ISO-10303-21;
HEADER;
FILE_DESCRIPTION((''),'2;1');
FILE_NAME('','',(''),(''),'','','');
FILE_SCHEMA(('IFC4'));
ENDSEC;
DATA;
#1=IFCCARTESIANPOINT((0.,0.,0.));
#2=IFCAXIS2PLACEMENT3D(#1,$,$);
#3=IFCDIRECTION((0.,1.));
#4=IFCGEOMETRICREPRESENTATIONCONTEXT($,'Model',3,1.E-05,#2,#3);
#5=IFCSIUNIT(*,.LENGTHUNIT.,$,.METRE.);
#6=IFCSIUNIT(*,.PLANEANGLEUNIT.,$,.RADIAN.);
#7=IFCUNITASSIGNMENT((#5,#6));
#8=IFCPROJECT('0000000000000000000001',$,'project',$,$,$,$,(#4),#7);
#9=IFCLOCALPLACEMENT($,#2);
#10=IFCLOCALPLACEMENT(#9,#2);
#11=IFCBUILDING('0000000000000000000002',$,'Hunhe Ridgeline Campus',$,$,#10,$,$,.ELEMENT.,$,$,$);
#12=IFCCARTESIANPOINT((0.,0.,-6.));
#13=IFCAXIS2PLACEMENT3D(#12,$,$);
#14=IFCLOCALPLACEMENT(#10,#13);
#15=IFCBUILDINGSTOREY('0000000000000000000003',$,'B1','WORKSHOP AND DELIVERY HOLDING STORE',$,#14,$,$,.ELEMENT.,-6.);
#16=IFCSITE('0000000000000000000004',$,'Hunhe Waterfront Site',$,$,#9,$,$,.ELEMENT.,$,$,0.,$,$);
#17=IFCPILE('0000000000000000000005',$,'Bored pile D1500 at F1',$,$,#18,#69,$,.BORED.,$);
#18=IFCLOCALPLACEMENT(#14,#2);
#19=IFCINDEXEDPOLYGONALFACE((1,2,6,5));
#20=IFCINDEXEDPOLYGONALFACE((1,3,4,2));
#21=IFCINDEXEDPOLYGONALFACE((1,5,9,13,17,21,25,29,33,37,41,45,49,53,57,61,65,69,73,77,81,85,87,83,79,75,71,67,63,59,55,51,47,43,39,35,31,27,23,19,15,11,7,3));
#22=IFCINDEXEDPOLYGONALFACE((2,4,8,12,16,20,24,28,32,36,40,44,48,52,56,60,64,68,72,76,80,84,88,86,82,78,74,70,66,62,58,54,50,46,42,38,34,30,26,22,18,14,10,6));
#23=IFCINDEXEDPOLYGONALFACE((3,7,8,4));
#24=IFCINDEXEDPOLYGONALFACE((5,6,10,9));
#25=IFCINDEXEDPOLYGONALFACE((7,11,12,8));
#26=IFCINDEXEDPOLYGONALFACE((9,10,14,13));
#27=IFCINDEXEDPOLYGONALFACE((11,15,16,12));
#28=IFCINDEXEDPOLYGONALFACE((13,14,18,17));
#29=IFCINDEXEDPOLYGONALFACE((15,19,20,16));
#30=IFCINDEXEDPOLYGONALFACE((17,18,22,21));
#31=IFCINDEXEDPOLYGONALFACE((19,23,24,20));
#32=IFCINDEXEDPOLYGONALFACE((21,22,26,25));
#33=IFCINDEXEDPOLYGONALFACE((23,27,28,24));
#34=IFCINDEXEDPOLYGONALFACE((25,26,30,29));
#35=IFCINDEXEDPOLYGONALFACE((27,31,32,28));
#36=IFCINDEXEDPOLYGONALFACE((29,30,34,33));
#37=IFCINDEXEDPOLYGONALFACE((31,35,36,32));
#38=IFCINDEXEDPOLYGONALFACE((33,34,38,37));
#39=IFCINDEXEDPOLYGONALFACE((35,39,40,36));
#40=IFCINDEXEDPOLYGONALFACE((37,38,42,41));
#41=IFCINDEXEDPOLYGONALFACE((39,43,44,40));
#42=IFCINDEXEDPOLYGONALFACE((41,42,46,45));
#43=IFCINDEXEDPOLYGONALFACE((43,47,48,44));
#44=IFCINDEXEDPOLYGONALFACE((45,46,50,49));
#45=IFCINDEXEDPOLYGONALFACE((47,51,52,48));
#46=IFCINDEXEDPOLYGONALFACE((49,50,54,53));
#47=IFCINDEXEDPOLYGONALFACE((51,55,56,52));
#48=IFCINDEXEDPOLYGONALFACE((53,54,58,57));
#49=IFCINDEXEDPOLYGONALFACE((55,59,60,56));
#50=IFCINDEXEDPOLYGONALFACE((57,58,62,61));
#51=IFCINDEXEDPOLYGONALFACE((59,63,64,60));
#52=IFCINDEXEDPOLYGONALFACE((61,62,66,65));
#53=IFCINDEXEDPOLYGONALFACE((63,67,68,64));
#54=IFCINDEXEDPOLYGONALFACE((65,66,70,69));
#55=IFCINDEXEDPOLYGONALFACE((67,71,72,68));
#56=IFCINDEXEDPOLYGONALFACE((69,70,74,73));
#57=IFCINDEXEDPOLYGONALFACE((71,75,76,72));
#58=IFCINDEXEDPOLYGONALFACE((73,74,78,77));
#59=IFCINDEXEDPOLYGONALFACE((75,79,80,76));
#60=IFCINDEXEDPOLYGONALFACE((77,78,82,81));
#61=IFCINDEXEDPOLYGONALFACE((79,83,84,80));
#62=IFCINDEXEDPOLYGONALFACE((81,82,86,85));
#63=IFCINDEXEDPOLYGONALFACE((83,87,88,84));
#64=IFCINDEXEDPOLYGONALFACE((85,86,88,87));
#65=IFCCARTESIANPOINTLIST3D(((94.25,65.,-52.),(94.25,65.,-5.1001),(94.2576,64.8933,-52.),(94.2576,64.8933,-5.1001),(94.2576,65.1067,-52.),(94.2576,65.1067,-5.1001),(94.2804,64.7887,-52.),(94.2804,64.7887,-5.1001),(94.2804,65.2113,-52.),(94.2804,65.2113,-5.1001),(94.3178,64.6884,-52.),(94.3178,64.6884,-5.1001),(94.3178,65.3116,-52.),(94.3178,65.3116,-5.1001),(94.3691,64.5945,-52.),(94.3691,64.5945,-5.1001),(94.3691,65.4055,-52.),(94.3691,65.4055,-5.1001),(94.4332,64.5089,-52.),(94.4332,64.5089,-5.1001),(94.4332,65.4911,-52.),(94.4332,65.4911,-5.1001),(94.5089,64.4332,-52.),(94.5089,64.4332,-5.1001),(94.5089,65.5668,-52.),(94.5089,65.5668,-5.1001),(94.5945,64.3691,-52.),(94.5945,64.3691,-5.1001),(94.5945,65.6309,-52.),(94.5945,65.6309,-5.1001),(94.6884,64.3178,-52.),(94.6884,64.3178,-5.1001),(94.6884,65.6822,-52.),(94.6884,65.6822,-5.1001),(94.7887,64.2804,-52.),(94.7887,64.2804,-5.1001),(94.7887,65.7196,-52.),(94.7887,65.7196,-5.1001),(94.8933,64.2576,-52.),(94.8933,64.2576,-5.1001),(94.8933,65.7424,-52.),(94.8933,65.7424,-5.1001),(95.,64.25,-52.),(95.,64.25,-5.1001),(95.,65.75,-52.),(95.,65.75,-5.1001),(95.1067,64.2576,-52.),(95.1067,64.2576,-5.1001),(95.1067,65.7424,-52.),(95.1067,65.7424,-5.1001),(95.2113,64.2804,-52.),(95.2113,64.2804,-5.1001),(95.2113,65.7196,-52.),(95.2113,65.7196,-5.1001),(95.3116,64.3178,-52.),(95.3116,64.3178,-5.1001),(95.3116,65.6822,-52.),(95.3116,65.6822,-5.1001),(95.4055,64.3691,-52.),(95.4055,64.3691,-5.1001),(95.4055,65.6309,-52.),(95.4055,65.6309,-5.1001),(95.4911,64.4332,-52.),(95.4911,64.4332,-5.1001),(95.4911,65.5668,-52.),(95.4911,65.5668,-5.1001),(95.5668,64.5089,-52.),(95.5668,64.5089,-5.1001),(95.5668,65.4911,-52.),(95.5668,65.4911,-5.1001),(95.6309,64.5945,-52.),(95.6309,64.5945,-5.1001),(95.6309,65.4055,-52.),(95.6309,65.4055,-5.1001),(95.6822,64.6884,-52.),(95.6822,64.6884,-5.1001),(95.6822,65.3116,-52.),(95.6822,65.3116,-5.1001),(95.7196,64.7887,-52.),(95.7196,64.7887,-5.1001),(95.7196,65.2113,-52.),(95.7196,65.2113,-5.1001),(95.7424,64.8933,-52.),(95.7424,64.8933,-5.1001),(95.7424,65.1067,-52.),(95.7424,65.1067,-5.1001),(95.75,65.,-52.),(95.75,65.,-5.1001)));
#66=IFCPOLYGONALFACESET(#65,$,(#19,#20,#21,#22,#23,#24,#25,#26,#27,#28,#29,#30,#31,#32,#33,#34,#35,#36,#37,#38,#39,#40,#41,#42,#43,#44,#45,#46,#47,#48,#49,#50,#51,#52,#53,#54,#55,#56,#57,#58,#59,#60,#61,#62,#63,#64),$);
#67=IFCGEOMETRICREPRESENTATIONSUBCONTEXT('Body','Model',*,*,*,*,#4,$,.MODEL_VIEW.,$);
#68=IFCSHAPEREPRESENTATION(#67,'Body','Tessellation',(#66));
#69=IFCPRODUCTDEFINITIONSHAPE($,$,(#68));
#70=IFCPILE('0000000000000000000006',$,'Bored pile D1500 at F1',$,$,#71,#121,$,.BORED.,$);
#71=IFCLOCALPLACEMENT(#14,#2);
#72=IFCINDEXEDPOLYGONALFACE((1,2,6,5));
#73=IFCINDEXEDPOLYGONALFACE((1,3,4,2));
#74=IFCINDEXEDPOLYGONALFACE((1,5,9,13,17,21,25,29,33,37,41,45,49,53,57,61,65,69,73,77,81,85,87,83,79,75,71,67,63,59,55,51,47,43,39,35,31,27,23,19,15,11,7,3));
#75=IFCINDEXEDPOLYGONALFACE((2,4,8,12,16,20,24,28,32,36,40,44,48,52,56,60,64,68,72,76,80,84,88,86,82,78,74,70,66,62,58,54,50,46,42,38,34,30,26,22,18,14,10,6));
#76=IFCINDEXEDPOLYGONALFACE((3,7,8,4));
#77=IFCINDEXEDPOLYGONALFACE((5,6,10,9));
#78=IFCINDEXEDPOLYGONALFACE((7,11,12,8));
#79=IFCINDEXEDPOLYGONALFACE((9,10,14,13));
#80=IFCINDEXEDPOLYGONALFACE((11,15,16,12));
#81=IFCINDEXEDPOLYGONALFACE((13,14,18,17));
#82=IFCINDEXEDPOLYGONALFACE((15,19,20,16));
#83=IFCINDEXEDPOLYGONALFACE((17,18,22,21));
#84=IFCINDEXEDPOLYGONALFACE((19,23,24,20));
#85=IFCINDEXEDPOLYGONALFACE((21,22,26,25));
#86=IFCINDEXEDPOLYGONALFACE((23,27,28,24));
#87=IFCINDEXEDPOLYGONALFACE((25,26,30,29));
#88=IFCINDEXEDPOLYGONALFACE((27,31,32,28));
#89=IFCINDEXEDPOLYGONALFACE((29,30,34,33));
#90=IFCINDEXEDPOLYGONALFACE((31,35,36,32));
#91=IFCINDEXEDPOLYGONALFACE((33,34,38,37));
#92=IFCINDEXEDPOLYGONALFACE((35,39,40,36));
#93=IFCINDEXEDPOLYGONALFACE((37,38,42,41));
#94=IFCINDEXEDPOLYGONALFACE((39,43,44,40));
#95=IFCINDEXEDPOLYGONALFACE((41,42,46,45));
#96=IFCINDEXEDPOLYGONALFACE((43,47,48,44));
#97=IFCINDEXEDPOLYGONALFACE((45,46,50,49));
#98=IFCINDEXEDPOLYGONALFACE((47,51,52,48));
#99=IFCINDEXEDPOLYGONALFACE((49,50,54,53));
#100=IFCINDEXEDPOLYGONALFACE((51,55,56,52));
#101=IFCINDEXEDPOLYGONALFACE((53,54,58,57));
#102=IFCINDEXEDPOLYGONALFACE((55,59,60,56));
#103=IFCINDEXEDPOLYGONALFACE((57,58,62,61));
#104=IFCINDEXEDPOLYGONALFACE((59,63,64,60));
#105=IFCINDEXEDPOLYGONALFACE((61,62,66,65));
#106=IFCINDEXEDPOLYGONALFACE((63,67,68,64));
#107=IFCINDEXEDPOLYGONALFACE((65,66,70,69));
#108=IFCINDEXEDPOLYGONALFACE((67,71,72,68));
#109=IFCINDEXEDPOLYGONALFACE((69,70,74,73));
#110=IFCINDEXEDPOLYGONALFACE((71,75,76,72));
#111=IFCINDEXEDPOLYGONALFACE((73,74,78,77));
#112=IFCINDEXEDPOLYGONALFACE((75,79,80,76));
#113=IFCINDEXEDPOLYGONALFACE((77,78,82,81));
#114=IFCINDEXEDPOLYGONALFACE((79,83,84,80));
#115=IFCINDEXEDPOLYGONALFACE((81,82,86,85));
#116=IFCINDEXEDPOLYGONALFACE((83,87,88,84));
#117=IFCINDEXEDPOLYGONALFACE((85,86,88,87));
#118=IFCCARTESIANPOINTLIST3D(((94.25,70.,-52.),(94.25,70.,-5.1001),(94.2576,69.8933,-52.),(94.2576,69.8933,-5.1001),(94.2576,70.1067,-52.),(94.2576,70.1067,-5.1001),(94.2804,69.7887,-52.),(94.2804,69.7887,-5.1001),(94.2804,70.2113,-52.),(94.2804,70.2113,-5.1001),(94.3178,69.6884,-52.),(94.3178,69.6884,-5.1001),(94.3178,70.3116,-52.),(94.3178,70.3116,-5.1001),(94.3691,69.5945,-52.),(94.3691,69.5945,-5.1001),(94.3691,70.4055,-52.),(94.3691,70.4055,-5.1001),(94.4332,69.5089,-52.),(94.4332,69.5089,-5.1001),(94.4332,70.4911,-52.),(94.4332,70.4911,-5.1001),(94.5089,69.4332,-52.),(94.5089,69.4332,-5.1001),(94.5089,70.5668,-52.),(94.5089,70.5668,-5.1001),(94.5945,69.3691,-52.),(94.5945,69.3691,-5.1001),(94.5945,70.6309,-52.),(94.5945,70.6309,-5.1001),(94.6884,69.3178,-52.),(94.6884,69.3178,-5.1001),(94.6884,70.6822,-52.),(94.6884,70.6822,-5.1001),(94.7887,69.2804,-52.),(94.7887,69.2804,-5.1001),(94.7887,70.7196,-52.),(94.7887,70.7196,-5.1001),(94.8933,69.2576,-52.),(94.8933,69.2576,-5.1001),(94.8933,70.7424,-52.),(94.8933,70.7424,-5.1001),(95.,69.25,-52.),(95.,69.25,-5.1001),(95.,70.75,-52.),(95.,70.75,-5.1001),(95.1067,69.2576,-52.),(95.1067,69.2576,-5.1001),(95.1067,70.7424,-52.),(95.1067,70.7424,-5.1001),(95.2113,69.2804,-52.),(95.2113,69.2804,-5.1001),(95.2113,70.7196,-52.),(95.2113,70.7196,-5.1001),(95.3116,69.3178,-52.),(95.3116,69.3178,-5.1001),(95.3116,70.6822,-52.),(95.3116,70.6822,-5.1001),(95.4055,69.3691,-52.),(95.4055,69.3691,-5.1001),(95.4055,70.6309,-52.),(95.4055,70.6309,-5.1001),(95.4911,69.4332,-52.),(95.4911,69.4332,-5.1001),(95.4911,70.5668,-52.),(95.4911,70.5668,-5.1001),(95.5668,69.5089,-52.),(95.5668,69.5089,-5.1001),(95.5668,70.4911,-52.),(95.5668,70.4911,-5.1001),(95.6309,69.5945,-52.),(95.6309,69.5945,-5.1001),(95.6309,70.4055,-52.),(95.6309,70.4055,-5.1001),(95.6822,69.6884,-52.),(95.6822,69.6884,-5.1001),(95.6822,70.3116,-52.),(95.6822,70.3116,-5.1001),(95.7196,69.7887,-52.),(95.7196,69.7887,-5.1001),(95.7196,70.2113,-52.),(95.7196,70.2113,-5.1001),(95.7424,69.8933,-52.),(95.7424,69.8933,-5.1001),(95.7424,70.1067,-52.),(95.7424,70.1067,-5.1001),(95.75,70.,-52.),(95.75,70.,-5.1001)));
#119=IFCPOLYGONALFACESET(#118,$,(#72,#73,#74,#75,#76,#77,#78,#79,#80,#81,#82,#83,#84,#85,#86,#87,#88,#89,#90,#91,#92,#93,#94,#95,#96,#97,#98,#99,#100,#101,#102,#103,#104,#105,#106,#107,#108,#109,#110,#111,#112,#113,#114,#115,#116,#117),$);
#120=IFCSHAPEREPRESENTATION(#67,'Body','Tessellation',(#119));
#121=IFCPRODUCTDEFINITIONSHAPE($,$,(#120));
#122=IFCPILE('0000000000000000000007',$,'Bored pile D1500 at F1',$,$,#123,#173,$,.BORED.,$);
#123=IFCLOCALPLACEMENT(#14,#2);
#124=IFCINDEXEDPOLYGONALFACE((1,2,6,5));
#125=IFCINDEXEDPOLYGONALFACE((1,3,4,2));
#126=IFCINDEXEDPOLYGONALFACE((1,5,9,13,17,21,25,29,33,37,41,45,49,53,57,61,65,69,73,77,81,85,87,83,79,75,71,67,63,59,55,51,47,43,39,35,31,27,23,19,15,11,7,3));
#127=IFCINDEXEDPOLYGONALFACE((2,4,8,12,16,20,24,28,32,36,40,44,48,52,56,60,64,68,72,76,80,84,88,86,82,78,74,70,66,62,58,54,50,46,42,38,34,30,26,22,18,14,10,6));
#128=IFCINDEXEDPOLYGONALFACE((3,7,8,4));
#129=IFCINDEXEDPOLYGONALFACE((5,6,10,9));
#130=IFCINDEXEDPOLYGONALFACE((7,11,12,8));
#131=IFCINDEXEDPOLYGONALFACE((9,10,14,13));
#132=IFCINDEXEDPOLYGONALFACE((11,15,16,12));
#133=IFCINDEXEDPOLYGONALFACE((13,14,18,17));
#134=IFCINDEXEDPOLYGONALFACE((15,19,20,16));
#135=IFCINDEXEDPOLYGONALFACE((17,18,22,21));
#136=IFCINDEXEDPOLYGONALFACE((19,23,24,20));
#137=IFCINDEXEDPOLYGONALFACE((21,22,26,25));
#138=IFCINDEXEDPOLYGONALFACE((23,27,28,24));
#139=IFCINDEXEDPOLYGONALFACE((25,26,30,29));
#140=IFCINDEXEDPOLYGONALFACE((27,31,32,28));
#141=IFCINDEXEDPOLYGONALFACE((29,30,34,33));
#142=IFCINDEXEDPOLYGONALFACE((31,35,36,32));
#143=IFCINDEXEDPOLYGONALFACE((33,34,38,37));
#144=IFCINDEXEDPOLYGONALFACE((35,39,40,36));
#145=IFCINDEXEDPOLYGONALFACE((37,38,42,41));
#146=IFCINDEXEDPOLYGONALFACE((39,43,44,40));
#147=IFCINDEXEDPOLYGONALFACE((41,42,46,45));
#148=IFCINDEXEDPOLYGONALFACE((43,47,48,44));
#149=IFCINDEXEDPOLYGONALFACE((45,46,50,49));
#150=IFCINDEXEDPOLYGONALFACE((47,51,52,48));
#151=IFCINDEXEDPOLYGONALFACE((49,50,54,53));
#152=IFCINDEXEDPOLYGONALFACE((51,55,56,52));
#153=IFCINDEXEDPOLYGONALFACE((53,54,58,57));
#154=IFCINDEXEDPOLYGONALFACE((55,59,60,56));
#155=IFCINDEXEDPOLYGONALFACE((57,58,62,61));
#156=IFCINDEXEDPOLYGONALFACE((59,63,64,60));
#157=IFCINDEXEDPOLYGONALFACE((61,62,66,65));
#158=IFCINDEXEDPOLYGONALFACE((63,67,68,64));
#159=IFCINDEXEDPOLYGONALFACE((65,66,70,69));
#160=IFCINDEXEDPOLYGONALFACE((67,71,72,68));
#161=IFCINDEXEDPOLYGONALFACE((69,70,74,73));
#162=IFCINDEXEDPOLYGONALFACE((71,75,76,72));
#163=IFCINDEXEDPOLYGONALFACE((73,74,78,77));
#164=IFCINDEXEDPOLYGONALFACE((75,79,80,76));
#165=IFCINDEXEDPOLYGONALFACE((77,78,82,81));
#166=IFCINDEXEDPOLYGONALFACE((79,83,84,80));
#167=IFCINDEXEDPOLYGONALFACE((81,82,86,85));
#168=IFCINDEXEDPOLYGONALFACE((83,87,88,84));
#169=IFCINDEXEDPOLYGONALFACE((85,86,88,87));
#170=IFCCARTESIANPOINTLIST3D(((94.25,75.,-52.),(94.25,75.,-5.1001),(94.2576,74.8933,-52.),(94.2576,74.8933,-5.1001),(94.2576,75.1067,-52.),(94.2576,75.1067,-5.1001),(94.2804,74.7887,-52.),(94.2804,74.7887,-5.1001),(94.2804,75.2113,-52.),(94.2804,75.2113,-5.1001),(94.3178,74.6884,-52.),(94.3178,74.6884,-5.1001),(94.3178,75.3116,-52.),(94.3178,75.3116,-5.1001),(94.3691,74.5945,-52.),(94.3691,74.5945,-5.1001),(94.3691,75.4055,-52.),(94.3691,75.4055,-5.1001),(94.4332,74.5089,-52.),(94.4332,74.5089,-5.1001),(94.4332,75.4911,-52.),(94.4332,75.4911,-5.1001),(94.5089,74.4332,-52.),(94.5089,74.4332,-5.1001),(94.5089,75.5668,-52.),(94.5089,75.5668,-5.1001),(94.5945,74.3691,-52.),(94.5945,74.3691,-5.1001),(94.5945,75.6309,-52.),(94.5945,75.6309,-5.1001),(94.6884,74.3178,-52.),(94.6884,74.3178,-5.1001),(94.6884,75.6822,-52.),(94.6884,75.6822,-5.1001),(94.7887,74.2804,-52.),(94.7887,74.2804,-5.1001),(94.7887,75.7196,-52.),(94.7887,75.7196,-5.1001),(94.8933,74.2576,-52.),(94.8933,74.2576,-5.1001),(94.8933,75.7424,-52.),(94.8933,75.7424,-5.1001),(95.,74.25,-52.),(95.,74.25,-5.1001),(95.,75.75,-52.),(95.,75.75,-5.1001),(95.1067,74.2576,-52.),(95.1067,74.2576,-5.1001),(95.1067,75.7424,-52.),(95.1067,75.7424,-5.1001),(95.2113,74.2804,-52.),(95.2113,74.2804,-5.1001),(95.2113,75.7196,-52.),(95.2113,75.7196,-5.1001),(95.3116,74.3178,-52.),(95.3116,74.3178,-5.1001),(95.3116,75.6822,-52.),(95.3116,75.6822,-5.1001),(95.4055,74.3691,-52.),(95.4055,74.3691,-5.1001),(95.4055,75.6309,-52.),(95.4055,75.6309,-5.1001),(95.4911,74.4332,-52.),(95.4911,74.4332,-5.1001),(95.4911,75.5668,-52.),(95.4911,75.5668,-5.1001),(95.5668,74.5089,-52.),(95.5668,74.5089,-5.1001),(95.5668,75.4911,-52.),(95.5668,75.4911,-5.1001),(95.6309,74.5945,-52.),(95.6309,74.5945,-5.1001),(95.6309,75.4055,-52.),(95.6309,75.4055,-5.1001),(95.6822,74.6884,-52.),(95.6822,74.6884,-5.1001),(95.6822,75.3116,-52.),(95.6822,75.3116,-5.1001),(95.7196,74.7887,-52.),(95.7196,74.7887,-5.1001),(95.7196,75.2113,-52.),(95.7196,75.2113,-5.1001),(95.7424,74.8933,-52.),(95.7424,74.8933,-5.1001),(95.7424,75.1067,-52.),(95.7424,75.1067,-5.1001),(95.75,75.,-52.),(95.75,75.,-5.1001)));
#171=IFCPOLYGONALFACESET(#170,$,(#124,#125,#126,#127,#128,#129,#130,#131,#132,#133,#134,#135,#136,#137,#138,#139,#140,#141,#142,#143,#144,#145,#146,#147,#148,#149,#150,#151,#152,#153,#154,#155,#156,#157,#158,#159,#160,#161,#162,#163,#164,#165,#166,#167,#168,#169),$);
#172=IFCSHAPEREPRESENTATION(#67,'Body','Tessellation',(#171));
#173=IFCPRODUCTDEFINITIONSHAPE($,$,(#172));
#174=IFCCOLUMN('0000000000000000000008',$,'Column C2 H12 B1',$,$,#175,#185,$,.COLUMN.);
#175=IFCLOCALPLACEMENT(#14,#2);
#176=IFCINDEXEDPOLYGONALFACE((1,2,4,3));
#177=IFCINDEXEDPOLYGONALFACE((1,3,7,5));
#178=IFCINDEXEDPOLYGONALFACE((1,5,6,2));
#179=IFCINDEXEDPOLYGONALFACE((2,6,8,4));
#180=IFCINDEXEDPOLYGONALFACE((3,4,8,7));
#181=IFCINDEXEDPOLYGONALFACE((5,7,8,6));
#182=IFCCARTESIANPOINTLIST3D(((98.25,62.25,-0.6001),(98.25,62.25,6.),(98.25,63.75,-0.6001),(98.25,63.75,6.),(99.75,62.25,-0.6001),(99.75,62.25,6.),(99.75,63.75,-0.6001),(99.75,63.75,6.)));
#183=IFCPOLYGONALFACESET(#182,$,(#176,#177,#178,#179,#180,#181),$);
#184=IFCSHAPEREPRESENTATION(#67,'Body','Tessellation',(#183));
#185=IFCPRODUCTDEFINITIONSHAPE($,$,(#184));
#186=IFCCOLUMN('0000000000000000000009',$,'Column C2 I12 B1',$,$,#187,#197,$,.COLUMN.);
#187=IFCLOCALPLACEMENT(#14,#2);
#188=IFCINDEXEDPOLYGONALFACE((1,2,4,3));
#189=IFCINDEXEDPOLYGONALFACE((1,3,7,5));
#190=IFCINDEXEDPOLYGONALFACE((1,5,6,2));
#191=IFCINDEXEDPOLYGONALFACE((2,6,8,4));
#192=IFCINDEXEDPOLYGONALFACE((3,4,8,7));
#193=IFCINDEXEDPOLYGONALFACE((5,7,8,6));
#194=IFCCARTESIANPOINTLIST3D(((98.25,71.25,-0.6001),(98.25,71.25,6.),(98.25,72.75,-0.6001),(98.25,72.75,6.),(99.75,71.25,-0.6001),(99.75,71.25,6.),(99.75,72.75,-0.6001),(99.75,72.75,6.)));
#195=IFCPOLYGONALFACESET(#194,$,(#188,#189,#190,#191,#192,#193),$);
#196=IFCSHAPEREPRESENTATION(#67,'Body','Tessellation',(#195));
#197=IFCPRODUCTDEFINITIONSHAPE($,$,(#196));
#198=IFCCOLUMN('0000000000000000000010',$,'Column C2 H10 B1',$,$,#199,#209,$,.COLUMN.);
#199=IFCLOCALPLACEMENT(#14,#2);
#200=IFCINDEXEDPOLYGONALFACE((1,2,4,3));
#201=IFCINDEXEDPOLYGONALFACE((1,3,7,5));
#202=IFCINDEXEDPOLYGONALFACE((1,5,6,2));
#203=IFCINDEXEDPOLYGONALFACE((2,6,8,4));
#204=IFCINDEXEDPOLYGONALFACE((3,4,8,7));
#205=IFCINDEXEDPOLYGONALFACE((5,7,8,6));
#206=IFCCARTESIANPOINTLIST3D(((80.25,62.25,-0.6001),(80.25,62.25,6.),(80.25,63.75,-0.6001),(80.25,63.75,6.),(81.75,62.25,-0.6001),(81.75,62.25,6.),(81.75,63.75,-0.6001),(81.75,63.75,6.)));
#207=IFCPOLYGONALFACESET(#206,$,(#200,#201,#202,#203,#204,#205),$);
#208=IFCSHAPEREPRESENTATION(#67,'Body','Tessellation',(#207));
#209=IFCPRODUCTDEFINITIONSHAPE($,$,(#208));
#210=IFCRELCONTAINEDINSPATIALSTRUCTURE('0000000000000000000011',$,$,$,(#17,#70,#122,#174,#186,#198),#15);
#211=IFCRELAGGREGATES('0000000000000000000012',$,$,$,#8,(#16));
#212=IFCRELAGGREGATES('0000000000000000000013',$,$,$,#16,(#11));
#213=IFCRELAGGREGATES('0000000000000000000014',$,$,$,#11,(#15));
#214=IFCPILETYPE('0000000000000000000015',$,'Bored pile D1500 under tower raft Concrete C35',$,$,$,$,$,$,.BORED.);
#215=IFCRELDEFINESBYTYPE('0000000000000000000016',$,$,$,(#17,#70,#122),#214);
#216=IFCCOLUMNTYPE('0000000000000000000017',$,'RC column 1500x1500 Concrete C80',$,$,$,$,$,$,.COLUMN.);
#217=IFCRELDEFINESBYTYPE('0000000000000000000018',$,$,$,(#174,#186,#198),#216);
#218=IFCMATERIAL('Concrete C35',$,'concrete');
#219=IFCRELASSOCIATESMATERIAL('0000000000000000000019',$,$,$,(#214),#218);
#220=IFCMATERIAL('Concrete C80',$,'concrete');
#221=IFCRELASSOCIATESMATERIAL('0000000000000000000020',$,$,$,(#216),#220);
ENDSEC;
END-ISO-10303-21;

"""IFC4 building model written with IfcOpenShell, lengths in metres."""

from ifc_helpers import new_model, si_unit, direction, frame, origin, origin_2d, place, context, subcontext, project, spatial, rectangle, circle, extrude, material, material_profile, profile_set, type_object, element, save


model = new_model("IFC4")

# Units and contexts
model_context = context("Model", 3, precision=1e-05, world=origin(), true_north=direction((0.0, 1.0)))
body_context = subcontext(model_context, "Body", "Model", "MODEL_VIEW")
ifc_project = project(units=[si_unit("LENGTHUNIT", "METRE"), si_unit("PLANEANGLEUNIT", "RADIAN")], contexts=[model_context])

# Site, building, storey
site_placement = place(None, origin())
site = spatial("IfcSite", under=ifc_project, at=site_placement, Name="Hunhe Waterfront Site", CompositionType="ELEMENT", RefElevation=0.0)
building_placement = place(site_placement, origin())
building = spatial("IfcBuilding", under=site, at=building_placement, Name="Hunhe Ridgeline Campus", CompositionType="ELEMENT")
storey_placement = place(building_placement, frame((0.0, 0.0, -6.0)))
storey = spatial("IfcBuildingStorey", under=building, at=storey_placement, Name="B1", Description="WORKSHOP AND DELIVERY HOLDING STORE", CompositionType="ELEMENT", Elevation=-6.0)

# Piles
ifc_material_1 = material(Name="Concrete C35", Category="concrete")
ifc_material_profile_1 = material_profile(ifc_material_1, circle(Radius=0.75, at=origin_2d()))
ifc_profile_set_1 = profile_set([ifc_material_profile_1], Name="Concrete C35")
pile_type = type_object("IfcPileType", Name="Bored pile D1500 under tower raft Concrete C35", PredefinedType="BORED", material=ifc_profile_set_1)
for number, where, z_axis, x_axis, name in (
    (1, (95.0, 65.0, -5.1001), (0.0, 0.0, -1.0), (1.0, 0.0, 0.0), "Bored pile D1500 at F1"),
    (2, (95.0, 70.0, -5.1001), (0.0, 0.0, -1.0), (1.0, 0.0, 0.0), "Bored pile D1500 at F1"),
    (3, (95.0, 75.0, -5.1001), (0.0, 0.0, -1.0), (1.0, 0.0, 0.0), "Bored pile D1500 at F1"),
):
    element("IfcPile", number, at=place(storey_placement, frame(where, z_axis=z_axis, x_axis=x_axis)), inside=storey, type_object=pile_type, Name=name, PredefinedType="BORED", context=body_context, shape_type="SweptSolid", body=[
        extrude(circle(Radius=0.75, at=origin_2d()), origin(), (0.0, 0.0, 1.0), 46.8999),
    ])

# Columns
ifc_material_2 = material(Name="Concrete C80", Category="concrete")
ifc_material_profile_2 = material_profile(ifc_material_2, rectangle(XDim=1.5, YDim=1.5, at=origin_2d()))
ifc_profile_set_2 = profile_set([ifc_material_profile_2], Name="Concrete C80")
column_type = type_object("IfcColumnType", Name="RC column 1500x1500 Concrete C80", PredefinedType="COLUMN", material=ifc_profile_set_2)
for number, where, z_axis, x_axis, name in (
    (4, (99.0, 63.0, -0.6001), (0.0, 0.0, 1.0), (1.0, 0.0, 0.0), "Column C2 H12 B1"),
    (5, (99.0, 72.0, -0.6001), (0.0, 0.0, 1.0), (1.0, 0.0, 0.0), "Column C2 I12 B1"),
    (6, (81.0, 63.0, -0.6001), (0.0, 0.0, 1.0), (1.0, 0.0, 0.0), "Column C2 H10 B1"),
):
    element("IfcColumn", number, at=place(storey_placement, frame(where, z_axis=z_axis, x_axis=x_axis)), inside=storey, type_object=column_type, Name=name, PredefinedType="COLUMN", context=body_context, shape_type="SweptSolid", body=[
        extrude(rectangle(XDim=1.5, YDim=1.5, at=origin_2d()), origin(), (0.0, 0.0, 1.0), 6.6001),
    ])

save(model, "model.ifc")
